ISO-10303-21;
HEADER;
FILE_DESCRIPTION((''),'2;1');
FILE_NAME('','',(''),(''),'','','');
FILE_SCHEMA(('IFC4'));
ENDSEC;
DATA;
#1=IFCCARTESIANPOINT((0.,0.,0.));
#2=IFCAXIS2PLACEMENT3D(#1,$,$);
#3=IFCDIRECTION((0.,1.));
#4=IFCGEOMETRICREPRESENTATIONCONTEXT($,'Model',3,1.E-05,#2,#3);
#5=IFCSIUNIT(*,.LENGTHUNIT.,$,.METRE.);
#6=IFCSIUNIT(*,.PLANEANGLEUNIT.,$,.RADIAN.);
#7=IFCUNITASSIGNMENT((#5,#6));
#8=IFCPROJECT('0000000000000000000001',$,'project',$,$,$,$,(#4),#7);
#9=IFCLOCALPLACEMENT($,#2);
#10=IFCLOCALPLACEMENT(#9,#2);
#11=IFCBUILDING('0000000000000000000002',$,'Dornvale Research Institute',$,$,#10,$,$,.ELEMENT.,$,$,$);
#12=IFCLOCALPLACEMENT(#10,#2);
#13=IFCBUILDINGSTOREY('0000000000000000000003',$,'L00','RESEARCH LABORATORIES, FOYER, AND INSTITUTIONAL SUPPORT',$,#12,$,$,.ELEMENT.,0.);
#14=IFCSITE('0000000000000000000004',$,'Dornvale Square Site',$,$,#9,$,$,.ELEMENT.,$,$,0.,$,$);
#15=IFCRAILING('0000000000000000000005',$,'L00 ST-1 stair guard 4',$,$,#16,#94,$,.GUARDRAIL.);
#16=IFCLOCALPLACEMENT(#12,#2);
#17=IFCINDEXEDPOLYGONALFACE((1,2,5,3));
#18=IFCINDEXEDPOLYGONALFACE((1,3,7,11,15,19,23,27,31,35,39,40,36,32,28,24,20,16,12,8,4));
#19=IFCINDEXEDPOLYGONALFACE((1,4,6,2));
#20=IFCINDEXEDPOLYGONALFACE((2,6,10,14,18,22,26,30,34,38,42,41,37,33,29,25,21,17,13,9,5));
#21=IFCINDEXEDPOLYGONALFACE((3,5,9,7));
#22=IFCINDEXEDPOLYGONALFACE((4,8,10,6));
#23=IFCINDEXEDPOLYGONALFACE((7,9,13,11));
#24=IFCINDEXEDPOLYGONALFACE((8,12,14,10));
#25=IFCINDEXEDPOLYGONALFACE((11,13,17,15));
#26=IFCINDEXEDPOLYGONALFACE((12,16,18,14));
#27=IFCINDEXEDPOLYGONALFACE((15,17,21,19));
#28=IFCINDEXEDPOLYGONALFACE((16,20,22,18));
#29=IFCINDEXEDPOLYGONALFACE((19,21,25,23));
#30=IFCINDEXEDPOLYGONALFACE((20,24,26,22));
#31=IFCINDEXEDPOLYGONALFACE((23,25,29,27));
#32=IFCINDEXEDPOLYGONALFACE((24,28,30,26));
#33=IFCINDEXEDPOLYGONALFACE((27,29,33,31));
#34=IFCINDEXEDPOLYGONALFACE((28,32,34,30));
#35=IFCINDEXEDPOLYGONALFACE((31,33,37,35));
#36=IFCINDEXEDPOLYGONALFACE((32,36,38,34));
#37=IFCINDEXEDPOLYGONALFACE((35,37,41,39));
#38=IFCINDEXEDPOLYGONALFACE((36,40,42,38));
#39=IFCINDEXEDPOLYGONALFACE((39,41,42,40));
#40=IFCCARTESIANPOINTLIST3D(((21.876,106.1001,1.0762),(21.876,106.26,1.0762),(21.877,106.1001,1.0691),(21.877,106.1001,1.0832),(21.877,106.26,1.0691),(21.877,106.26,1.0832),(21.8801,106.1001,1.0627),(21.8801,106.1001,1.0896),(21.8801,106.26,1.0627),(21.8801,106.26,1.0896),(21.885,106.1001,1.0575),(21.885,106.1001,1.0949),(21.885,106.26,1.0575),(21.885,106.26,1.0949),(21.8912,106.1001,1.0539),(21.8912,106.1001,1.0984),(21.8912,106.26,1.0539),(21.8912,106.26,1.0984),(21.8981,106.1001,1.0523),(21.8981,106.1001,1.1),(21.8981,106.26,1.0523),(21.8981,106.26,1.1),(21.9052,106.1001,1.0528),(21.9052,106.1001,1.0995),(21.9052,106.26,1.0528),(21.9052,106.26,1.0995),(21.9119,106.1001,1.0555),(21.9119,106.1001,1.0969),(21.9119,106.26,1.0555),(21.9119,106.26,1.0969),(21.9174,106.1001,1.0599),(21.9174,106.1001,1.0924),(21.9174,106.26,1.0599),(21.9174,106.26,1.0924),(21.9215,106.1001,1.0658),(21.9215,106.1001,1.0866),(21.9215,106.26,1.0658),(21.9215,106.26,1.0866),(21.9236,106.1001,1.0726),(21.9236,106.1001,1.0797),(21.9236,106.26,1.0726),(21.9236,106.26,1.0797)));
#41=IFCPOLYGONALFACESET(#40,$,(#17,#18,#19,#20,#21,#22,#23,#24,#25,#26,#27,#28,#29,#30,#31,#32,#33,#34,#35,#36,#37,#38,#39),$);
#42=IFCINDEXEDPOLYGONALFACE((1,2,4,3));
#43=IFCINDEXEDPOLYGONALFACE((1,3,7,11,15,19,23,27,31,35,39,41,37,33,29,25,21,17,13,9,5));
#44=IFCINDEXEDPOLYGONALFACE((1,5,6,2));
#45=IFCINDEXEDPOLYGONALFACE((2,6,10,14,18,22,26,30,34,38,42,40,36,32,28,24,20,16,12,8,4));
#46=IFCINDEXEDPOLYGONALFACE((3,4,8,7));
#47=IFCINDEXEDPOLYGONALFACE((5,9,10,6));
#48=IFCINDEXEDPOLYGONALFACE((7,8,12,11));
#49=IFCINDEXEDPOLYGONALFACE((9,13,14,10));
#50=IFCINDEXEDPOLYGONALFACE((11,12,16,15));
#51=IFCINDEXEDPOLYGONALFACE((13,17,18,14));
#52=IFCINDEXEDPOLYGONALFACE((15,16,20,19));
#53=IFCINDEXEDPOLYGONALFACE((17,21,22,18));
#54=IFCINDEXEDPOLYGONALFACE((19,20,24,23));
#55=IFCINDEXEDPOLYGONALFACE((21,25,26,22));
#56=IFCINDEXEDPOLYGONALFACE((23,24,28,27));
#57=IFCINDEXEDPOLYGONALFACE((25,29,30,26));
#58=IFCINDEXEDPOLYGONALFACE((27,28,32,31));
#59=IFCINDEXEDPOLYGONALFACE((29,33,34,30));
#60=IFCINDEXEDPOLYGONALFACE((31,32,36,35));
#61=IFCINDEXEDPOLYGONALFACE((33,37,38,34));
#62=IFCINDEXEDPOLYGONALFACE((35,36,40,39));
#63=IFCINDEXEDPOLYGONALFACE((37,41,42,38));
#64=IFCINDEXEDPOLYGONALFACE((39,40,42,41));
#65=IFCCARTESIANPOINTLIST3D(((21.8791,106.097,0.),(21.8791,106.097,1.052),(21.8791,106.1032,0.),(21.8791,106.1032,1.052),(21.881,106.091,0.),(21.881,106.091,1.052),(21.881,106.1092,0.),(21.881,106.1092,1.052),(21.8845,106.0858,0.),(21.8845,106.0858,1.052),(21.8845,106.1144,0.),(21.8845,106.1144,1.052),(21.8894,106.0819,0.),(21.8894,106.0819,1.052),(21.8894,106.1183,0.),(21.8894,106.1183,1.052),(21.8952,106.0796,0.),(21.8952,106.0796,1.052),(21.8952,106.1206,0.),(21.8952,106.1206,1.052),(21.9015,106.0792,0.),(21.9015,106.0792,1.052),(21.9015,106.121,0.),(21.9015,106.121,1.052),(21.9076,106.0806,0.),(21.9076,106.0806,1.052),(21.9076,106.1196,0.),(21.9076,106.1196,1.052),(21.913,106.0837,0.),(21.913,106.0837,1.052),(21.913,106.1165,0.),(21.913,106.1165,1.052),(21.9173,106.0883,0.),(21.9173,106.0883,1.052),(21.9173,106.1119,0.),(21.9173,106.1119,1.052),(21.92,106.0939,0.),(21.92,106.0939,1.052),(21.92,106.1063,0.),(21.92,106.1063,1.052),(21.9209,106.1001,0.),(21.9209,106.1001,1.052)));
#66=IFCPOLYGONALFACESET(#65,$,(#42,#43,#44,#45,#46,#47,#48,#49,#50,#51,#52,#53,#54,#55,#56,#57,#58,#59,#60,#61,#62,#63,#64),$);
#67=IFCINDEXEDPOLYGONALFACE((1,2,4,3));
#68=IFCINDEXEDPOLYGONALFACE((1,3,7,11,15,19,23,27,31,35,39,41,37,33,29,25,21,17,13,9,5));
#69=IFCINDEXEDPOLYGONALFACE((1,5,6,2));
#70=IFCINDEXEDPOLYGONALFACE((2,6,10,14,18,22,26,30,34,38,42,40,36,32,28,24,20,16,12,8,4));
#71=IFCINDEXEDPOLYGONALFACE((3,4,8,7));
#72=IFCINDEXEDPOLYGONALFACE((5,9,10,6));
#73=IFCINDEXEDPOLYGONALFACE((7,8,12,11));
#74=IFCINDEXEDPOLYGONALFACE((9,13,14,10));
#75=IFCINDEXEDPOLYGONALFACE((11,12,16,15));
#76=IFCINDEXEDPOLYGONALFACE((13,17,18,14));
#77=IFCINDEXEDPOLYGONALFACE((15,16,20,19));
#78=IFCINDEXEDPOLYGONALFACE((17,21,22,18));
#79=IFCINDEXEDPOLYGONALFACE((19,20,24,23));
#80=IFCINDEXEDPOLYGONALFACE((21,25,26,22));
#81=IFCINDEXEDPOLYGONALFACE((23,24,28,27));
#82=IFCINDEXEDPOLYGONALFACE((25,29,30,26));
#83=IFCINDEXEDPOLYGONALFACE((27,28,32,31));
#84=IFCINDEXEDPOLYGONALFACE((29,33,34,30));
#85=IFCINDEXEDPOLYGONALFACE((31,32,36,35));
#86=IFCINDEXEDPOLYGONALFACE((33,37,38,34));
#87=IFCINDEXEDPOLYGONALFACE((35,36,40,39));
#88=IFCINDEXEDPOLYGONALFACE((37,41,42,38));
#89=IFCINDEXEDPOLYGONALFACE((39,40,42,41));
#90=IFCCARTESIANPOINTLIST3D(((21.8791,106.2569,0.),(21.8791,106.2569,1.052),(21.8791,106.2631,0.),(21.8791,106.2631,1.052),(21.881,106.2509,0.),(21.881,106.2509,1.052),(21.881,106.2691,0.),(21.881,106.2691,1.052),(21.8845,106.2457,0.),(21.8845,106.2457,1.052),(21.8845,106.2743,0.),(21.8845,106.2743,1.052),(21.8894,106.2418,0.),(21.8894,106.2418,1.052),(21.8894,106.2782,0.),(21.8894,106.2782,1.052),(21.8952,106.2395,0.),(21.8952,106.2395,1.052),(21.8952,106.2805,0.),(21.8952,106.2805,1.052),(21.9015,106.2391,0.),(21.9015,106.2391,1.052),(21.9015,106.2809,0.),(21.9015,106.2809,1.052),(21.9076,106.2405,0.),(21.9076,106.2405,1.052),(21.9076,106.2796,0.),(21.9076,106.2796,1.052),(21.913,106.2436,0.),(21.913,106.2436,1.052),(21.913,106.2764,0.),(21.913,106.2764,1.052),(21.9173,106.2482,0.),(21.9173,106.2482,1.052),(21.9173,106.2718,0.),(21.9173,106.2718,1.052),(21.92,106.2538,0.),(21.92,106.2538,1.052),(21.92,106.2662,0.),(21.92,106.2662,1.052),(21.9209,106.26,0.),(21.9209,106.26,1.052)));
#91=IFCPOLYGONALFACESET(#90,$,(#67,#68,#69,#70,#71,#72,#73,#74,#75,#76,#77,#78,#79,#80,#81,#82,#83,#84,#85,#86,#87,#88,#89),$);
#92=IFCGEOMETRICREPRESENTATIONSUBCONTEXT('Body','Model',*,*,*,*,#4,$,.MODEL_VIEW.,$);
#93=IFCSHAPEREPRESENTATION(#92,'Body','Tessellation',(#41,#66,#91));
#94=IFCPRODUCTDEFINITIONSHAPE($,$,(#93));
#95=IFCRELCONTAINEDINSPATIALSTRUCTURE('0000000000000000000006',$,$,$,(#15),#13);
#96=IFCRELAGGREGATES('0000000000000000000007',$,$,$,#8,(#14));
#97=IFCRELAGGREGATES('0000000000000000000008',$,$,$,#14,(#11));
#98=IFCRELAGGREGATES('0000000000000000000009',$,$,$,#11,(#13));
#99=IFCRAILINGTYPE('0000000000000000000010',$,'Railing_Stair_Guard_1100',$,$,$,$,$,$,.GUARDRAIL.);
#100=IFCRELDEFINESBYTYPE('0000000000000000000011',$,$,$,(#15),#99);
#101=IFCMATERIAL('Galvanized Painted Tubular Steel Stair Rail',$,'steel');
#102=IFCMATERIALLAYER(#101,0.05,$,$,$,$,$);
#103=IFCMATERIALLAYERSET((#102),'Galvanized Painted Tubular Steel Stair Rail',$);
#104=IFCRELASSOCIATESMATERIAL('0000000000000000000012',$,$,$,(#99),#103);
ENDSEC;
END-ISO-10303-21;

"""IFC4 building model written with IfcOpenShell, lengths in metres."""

from ifc_helpers import new_model, si_unit, direction, frame, origin, origin_2d, place, context, subcontext, project, spatial, circle, extrude, material, layer, layer_set, type_object, element, save


model = new_model("IFC4")

# Units and contexts
model_context = context("Model", 3, precision=1e-05, world=origin(), true_north=direction((0.0, 1.0)))
body_context = subcontext(model_context, "Body", "Model", "MODEL_VIEW")
ifc_project = project(units=[si_unit("LENGTHUNIT", "METRE"), si_unit("PLANEANGLEUNIT", "RADIAN")], contexts=[model_context])

# Site, building, storey
site_placement = place(None, origin())
site = spatial("IfcSite", under=ifc_project, at=site_placement, Name="Dornvale Square Site", CompositionType="ELEMENT", RefElevation=0.0)
building_placement = place(site_placement, origin())
building = spatial("IfcBuilding", under=site, at=building_placement, Name="Dornvale Research Institute", CompositionType="ELEMENT")
storey_placement = place(building_placement, origin())
storey = spatial("IfcBuildingStorey", under=building, at=storey_placement, Name="L00", Description="RESEARCH LABORATORIES, FOYER, AND INSTITUTIONAL SUPPORT", CompositionType="ELEMENT", Elevation=0.0)

# Railing
ifc_material_1 = material(Name="Galvanized Painted Tubular Steel Stair Rail", Category="steel")
ifc_layer_1 = layer(ifc_material_1, 0.05)
ifc_layer_set_1 = layer_set([ifc_layer_1], Name="Galvanized Painted Tubular Steel Stair Rail")
railing_type_1 = type_object("IfcRailingType", Name="Railing_Stair_Guard_1100", PredefinedType="GUARDRAIL", material=ifc_layer_set_1)
railing_1_placement = place(storey_placement, frame((21.8999, 106.1001, 0.0)))
element("IfcRailing", 1, at=railing_1_placement, inside=storey, type_object=railing_type_1, Name="L00 ST-1 stair guard 4", PredefinedType="GUARDRAIL", context=body_context, shape_type="SweptSolid", body=[
    extrude(circle(Radius=0.0239, at=origin_2d()), frame((0.0, 0.0, 1.0762), z_axis=(0.0, 1.0, 0.0), x_axis=(-1.0, 0.0, 0.0)), (0.0, 0.0, 1.0), 0.1599),
    extrude(circle(Radius=0.021, at=origin_2d()), origin(), (0.0, 0.0, 1.0), 1.052),
    extrude(circle(Radius=0.021, at=origin_2d()), frame((0.0, 0.1599, 0.0)), (0.0, 0.0, 1.0), 1.052),
])

save(model, "model.ifc")
